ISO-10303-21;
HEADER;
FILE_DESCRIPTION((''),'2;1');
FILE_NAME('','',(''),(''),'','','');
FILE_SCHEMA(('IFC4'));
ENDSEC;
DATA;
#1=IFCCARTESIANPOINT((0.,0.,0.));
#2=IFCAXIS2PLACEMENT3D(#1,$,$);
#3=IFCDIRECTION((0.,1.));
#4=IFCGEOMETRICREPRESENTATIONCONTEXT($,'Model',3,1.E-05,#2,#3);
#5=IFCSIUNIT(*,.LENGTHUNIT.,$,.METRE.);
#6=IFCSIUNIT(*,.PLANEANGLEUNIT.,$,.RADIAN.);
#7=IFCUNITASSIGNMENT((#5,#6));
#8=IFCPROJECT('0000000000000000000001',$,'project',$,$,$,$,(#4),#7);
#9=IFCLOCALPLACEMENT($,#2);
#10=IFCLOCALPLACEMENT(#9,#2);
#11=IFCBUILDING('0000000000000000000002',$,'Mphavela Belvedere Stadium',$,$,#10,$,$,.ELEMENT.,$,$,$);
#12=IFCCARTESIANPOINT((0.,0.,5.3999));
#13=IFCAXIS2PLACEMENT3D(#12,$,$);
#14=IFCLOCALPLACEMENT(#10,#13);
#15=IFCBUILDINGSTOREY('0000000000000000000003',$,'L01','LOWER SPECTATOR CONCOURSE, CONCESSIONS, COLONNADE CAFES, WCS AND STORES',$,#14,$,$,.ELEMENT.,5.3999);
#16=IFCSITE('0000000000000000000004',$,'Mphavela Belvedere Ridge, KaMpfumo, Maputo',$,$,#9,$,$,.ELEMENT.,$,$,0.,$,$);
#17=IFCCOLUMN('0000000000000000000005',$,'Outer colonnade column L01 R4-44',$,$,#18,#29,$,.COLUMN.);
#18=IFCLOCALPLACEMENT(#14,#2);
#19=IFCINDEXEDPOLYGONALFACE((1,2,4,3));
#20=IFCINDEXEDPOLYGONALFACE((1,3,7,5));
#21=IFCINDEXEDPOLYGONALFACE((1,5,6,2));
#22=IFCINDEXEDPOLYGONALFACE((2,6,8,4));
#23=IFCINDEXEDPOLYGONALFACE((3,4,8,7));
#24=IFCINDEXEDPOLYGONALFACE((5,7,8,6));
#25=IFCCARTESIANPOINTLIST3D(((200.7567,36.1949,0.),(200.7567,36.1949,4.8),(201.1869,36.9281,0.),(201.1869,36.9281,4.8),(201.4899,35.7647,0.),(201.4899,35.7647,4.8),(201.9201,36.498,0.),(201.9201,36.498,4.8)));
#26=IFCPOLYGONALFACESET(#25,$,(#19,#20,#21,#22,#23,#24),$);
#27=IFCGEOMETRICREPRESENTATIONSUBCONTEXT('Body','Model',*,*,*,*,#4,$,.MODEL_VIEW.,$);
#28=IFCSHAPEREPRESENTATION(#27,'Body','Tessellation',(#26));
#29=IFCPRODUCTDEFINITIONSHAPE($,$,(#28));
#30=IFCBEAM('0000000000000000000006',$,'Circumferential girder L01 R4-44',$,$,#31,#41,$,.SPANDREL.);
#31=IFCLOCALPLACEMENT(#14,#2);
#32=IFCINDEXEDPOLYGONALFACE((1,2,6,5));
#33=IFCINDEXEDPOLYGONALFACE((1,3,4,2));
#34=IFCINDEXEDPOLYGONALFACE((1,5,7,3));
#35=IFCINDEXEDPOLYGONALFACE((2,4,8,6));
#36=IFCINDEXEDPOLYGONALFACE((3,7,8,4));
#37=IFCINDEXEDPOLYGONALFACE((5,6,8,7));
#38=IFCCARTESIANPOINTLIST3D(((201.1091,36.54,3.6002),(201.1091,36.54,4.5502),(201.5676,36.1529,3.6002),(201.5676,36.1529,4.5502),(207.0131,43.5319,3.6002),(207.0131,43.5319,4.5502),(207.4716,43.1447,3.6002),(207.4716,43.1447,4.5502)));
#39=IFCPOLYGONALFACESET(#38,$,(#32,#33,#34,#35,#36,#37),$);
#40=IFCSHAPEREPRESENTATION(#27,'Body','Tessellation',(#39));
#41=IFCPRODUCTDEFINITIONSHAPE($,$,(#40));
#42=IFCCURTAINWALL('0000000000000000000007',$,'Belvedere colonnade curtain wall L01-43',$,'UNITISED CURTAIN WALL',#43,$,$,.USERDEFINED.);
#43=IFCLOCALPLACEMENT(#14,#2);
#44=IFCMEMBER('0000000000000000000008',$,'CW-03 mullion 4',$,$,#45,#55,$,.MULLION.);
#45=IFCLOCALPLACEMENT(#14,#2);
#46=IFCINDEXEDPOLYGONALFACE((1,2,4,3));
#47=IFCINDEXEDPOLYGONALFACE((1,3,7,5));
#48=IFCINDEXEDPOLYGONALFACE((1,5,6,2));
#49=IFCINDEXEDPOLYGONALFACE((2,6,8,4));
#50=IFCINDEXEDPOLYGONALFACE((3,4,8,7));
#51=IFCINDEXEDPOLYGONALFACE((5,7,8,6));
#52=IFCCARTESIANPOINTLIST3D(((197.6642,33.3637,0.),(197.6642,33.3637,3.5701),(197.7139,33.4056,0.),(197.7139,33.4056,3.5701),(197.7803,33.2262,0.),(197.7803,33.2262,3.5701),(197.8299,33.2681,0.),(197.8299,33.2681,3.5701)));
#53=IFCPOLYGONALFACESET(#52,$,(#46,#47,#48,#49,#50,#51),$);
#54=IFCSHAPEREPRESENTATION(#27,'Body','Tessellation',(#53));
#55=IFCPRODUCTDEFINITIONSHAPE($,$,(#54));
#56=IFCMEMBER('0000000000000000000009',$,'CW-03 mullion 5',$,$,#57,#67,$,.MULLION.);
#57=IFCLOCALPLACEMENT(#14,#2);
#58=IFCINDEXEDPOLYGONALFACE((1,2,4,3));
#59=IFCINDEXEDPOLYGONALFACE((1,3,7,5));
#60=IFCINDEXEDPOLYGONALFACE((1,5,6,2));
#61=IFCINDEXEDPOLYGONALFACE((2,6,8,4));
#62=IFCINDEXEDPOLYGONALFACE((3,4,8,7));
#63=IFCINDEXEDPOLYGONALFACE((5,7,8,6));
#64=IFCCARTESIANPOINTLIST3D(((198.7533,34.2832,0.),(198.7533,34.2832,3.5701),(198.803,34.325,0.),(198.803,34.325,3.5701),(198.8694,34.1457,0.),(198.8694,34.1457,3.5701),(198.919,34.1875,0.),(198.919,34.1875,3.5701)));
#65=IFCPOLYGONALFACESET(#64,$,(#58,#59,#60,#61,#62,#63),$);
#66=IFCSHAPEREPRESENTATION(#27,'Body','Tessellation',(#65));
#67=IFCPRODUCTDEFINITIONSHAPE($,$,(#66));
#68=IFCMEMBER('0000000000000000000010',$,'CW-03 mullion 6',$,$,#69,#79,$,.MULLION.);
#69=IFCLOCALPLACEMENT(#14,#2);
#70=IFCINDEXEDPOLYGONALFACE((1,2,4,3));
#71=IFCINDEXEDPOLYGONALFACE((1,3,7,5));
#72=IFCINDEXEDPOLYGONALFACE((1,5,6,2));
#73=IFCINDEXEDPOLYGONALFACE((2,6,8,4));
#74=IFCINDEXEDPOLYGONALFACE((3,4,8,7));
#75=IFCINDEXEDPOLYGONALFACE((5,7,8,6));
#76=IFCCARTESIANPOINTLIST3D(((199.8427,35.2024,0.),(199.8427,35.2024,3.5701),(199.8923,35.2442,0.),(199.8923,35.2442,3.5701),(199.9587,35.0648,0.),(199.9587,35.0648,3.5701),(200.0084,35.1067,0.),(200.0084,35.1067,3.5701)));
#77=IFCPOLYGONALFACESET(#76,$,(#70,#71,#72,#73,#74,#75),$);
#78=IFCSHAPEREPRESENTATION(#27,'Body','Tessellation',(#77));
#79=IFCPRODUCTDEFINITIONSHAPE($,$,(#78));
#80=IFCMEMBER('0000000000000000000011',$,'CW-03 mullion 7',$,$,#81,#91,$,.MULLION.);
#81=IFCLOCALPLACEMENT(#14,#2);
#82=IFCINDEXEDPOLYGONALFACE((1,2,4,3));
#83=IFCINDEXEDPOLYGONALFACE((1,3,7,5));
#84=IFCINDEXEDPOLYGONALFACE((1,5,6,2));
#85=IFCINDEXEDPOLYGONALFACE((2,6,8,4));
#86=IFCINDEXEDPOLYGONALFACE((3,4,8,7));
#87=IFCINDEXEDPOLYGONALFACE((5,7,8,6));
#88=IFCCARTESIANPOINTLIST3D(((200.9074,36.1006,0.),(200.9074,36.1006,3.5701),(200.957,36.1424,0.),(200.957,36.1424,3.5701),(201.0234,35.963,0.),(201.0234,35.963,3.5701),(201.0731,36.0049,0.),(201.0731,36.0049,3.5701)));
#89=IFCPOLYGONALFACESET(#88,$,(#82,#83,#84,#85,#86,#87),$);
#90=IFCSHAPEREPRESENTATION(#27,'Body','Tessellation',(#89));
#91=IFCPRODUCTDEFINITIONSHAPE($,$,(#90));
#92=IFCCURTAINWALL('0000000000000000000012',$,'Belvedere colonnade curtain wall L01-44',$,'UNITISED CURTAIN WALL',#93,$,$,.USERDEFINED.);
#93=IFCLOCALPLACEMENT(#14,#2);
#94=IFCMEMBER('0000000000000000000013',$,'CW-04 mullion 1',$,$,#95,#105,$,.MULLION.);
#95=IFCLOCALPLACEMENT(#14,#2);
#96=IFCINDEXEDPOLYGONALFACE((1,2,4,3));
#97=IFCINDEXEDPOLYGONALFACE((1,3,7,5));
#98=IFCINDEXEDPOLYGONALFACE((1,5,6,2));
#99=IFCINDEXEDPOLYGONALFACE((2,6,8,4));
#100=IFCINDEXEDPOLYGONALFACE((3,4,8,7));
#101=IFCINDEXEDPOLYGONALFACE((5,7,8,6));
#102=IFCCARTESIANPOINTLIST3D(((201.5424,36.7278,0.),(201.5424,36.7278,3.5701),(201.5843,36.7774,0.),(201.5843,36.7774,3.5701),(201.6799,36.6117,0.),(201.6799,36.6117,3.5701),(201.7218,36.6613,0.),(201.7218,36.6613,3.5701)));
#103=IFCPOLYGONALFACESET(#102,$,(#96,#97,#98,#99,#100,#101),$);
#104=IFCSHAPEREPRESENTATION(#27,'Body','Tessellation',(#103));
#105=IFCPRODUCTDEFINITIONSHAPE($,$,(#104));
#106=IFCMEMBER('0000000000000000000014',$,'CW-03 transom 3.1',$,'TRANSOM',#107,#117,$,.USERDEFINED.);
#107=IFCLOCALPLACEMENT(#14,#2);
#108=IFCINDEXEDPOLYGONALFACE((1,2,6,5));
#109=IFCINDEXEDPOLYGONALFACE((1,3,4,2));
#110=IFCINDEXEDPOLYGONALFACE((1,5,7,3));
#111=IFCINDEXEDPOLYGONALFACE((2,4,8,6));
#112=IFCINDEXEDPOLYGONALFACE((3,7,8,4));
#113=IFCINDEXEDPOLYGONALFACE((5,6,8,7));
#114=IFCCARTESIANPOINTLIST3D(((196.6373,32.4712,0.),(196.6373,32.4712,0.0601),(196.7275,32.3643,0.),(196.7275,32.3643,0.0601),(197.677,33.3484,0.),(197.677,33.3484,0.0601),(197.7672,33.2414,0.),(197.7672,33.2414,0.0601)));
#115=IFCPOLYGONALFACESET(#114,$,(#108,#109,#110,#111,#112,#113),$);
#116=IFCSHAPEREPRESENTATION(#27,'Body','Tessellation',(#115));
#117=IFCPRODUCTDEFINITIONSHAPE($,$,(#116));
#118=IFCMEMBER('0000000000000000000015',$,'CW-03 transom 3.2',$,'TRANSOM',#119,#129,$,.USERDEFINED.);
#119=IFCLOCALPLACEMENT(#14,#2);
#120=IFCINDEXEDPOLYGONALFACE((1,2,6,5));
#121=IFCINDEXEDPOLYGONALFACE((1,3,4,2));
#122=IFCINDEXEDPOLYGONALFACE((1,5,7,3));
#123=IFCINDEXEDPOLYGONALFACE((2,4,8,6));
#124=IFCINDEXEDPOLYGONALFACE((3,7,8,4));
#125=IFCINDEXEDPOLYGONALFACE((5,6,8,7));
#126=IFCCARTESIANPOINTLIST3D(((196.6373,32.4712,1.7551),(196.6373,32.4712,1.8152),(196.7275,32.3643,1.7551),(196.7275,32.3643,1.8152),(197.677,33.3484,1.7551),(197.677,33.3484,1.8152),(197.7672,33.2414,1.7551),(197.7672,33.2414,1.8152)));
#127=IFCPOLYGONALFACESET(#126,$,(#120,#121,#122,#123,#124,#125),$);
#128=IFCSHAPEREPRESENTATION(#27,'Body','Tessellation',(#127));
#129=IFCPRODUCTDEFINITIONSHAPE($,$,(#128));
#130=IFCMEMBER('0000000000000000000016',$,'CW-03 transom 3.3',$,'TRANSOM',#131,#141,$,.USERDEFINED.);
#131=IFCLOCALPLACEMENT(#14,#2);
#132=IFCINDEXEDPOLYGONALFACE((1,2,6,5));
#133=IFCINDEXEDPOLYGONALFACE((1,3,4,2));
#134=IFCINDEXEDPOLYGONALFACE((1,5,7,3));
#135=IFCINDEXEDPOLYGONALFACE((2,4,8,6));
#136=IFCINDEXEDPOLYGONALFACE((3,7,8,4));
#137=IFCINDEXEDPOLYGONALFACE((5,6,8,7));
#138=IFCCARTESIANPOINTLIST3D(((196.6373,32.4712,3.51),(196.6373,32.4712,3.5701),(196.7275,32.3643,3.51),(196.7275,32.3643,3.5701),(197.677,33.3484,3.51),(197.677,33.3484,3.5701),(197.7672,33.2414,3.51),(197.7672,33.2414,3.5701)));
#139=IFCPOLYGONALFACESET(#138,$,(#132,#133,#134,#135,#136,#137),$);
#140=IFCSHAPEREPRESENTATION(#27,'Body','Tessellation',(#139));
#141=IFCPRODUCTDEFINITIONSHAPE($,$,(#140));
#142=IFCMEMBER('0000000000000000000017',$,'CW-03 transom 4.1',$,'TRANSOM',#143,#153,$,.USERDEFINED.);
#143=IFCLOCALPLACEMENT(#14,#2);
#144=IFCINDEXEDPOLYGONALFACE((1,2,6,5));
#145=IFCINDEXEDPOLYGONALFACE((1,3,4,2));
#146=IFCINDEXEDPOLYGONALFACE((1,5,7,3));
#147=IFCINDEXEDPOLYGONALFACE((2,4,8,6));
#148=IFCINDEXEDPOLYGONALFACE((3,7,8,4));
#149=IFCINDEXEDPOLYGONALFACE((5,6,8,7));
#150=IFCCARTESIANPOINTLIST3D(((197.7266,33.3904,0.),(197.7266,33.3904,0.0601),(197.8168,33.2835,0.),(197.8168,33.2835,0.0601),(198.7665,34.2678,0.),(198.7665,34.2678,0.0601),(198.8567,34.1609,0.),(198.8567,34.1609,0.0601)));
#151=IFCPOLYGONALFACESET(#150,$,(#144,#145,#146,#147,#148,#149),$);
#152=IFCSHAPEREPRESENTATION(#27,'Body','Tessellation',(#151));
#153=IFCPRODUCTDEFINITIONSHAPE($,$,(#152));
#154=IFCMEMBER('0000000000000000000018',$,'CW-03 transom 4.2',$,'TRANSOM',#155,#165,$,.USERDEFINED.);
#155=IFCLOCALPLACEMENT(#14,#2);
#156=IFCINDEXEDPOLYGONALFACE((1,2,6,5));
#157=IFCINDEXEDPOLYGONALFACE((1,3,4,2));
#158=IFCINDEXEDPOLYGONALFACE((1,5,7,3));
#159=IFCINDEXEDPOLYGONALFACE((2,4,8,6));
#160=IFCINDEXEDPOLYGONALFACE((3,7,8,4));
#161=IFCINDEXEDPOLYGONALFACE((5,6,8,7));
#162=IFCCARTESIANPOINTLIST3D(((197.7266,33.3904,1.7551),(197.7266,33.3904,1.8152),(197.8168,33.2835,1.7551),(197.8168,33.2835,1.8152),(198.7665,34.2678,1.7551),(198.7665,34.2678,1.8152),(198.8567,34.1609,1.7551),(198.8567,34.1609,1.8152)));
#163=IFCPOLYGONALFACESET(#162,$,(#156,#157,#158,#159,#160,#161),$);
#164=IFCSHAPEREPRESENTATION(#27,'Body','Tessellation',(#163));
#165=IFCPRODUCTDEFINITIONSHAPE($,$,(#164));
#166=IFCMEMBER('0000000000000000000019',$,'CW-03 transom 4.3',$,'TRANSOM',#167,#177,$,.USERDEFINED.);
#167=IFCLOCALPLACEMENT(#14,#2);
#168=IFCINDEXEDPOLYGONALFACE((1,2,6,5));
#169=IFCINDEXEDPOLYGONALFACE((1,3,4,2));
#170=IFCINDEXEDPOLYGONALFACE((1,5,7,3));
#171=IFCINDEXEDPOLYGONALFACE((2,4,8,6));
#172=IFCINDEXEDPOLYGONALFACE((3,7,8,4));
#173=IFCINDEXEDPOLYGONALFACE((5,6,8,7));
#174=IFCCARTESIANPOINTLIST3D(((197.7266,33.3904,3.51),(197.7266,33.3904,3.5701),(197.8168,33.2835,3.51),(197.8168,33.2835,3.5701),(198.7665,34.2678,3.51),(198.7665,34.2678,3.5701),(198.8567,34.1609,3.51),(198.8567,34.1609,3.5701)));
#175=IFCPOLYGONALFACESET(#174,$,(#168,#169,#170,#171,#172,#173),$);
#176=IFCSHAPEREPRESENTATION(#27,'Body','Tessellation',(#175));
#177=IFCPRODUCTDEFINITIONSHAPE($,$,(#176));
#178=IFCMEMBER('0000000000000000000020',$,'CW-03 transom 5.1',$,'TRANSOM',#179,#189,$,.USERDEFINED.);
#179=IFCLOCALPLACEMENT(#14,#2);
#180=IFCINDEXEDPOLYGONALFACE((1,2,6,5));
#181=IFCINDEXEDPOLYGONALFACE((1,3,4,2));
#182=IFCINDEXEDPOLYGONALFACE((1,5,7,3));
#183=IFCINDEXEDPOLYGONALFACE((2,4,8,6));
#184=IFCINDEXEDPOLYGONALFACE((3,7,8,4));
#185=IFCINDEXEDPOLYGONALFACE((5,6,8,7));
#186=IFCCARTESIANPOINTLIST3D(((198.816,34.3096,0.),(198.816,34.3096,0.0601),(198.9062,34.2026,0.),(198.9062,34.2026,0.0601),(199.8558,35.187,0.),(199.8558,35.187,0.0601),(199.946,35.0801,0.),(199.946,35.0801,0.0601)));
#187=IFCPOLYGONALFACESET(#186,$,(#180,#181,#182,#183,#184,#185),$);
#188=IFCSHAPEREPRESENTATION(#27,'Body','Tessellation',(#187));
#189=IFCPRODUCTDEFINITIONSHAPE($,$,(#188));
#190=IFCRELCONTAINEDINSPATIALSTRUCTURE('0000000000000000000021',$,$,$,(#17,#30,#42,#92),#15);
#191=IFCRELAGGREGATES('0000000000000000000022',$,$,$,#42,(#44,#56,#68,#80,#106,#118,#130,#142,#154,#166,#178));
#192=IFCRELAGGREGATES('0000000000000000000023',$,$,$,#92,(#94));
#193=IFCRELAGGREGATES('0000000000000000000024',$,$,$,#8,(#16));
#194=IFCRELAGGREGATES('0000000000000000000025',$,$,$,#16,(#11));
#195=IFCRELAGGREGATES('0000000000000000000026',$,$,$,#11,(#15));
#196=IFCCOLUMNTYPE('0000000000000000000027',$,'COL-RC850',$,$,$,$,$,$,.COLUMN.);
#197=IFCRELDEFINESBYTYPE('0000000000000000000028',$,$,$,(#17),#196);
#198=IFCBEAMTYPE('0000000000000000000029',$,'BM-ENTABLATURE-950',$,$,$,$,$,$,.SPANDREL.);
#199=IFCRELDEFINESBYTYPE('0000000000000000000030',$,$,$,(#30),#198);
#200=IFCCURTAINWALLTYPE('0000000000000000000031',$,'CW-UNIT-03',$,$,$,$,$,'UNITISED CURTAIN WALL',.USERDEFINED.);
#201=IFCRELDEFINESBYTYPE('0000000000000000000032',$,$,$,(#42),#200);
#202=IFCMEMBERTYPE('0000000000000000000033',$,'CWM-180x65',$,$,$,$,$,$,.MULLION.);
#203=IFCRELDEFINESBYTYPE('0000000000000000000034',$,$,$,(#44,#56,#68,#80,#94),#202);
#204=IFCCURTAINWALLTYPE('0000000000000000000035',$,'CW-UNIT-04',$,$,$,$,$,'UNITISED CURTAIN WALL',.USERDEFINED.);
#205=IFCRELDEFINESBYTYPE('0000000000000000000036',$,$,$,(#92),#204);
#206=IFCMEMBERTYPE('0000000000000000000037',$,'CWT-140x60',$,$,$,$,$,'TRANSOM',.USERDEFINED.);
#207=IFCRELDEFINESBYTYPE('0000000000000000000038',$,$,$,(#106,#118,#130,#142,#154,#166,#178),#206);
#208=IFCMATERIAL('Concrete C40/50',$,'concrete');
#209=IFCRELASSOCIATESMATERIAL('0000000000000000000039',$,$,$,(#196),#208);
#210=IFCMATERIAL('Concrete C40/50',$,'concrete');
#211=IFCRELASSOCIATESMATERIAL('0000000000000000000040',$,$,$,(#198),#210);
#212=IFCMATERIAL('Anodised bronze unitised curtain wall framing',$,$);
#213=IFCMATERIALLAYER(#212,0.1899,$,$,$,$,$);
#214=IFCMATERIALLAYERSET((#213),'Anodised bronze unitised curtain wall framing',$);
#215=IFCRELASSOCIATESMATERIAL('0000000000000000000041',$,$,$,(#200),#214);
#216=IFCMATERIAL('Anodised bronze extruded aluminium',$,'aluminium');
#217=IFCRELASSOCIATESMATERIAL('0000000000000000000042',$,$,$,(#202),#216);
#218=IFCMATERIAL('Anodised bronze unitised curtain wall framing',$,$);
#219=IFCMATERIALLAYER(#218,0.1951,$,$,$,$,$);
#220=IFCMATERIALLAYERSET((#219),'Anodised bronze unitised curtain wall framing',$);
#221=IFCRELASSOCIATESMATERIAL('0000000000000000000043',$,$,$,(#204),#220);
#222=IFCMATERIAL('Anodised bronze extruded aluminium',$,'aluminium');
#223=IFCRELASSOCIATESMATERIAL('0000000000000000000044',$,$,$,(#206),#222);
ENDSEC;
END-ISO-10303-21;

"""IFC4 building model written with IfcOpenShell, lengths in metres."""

from ifc_helpers import new_model, si_unit, direction, frame, origin, origin_2d, place, context, subcontext, project, spatial, rectangle, extrude, material, layer, layer_set, material_profile, profile_set, type_object, element, aggregate, save


model = new_model("IFC4")

# Units and contexts
model_context = context("Model", 3, precision=1e-05, world=origin(), true_north=direction((0.0, 1.0)))
body_context = subcontext(model_context, "Body", "Model", "MODEL_VIEW")
ifc_project = project(units=[si_unit("LENGTHUNIT", "METRE"), si_unit("PLANEANGLEUNIT", "RADIAN")], contexts=[model_context])

# Site, building, storey
site_placement = place(None, origin())
site = spatial("IfcSite", under=ifc_project, at=site_placement, Name="Mphavela Belvedere Ridge, KaMpfumo, Maputo", CompositionType="ELEMENT", RefElevation=0.0)
building_placement = place(site_placement, origin())
building = spatial("IfcBuilding", under=site, at=building_placement, Name="Mphavela Belvedere Stadium", CompositionType="ELEMENT")
storey_placement = place(building_placement, frame((0.0, 0.0, 5.3999)))
storey = spatial("IfcBuildingStorey", under=building, at=storey_placement, Name="L01", Description="LOWER SPECTATOR CONCOURSE, CONCESSIONS, COLONNADE CAFES, WCS AND STORES", CompositionType="ELEMENT", Elevation=5.3999)

# Column
ifc_material_1 = material(Name="Concrete C40/50", Category="concrete")
ifc_material_profile_1 = material_profile(ifc_material_1, rectangle(XDim=0.8501, YDim=0.8501, at=origin_2d()), Name="RC 850x850")
ifc_profile_set_1 = profile_set([ifc_material_profile_1], Name="Concrete C40/50")
column_type = type_object("IfcColumnType", Name="COL-RC850", PredefinedType="COLUMN", material=ifc_profile_set_1)
column_placement = place(storey_placement, frame((201.3384, 36.3464, 0.0), z_axis=(0.0, 0.0, 1.0), x_axis=(0.862514, -0.506034, 0.0)))
element("IfcColumn", 1, at=column_placement, inside=storey, type_object=column_type, Name="Outer colonnade column L01 R4-44", PredefinedType="COLUMN", context=body_context, shape_type="SweptSolid", body=[
    extrude(rectangle(XDim=0.8501, YDim=0.8501, at=origin_2d()), origin(), (0.0, 0.0, 1.0), 4.8),
])

# Beam
ifc_material_2 = material(Name="Concrete C40/50", Category="concrete")
ifc_material_profile_2 = material_profile(ifc_material_2, rectangle(XDim=0.6001, YDim=0.95, at=origin_2d()), Name="RC 600x950")
ifc_profile_set_2 = profile_set([ifc_material_profile_2], Name="Concrete C40/50")
beam_type = type_object("IfcBeamType", Name="BM-ENTABLATURE-950", PredefinedType="SPANDREL", material=ifc_profile_set_2)
beam_placement = place(storey_placement, frame((201.3384, 36.3464, 4.0752), z_axis=(0.645165, 0.764044, 0.0), x_axis=(-0.764044, 0.645165, 0.0)))
element("IfcBeam", 2, at=beam_placement, inside=storey, type_object=beam_type, Name="Circumferential girder L01 R4-44", PredefinedType="SPANDREL", context=body_context, shape_type="SweptSolid", body=[
    extrude(rectangle(XDim=0.6001, YDim=0.95, at=origin_2d()), origin(), (0.0, 0.0, 1.0), 9.1511),
])

# Curtain wall, members
ifc_material_3 = material(Name="Anodised bronze unitised curtain wall framing")
ifc_layer_1 = layer(ifc_material_3, 0.1899)
ifc_layer_set_1 = layer_set([ifc_layer_1], Name="Anodised bronze unitised curtain wall framing")
curtain_wall_type_1 = type_object("IfcCurtainWallType", Name="CW-UNIT-03", ElementType="UNITISED CURTAIN WALL", PredefinedType="USERDEFINED", material=ifc_layer_set_1)
curtain_wall_1_placement = place(storey_placement, origin())
curtain_wall_1 = element("IfcCurtainWall", 3, at=curtain_wall_1_placement, inside=storey, type_object=curtain_wall_type_1, Name="Belvedere colonnade curtain wall L01-43", ObjectType="UNITISED CURTAIN WALL", PredefinedType="USERDEFINED")
ifc_material_4 = material(Name="Anodised bronze extruded aluminium", Category="aluminium")
ifc_material_profile_3 = material_profile(ifc_material_4, rectangle(XDim=0.1799, YDim=0.0649, at=origin_2d()), Name="CW-MUL 180x65")
ifc_profile_set_3 = profile_set([ifc_material_profile_3], Name="Anodised bronze extruded aluminium")
member_type_1 = type_object("IfcMemberType", Name="CWM-180x65", PredefinedType="MULLION", material=ifc_profile_set_3)
member_1_placement = place(storey_placement, frame((197.7471, 33.3159, 0.0), z_axis=(0.0, 0.0, 1.0), x_axis=(-0.64491, 0.764259, 0.0)))
member_1 = element("IfcMember", 4, at=member_1_placement, type_object=member_type_1, Name="CW-03 mullion 4", PredefinedType="MULLION", context=body_context, shape_type="SweptSolid", body=[
    extrude(rectangle(XDim=0.1799, YDim=0.0649, at=origin_2d()), origin(), (0.0, 0.0, 1.0), 3.5701),
])
member_2_placement = place(storey_placement, frame((198.8362, 34.2354, 0.0), z_axis=(0.0, 0.0, 1.0), x_axis=(-0.64491, 0.764259, 0.0)))
member_2 = element("IfcMember", 5, at=member_2_placement, type_object=member_type_1, Name="CW-03 mullion 5", PredefinedType="MULLION", context=body_context, shape_type="SweptSolid", body=[
    extrude(rectangle(XDim=0.1799, YDim=0.0649, at=origin_2d()), origin(), (0.0, 0.0, 1.0), 3.5701),
])
member_3_placement = place(storey_placement, frame((199.9255, 35.1545, 0.0), z_axis=(0.0, 0.0, 1.0), x_axis=(-0.64491, 0.764259, 0.0)))
member_3 = element("IfcMember", 6, at=member_3_placement, type_object=member_type_1, Name="CW-03 mullion 6", PredefinedType="MULLION", context=body_context, shape_type="SweptSolid", body=[
    extrude(rectangle(XDim=0.1799, YDim=0.0649, at=origin_2d()), origin(), (0.0, 0.0, 1.0), 3.5701),
])
member_4_placement = place(storey_placement, frame((200.9902, 36.0527, 0.0), z_axis=(0.0, 0.0, 1.0), x_axis=(-0.64491, 0.764259, 0.0)))
member_4 = element("IfcMember", 7, at=member_4_placement, type_object=member_type_1, Name="CW-03 mullion 7", PredefinedType="MULLION", context=body_context, shape_type="SweptSolid", body=[
    extrude(rectangle(XDim=0.1799, YDim=0.0649, at=origin_2d()), origin(), (0.0, 0.0, 1.0), 3.5701),
])

# Curtain wall, member
ifc_material_5 = material(Name="Anodised bronze unitised curtain wall framing")
ifc_layer_2 = layer(ifc_material_5, 0.1951)
ifc_layer_set_2 = layer_set([ifc_layer_2], Name="Anodised bronze unitised curtain wall framing")
curtain_wall_type_2 = type_object("IfcCurtainWallType", Name="CW-UNIT-04", ElementType="UNITISED CURTAIN WALL", PredefinedType="USERDEFINED", material=ifc_layer_set_2)
curtain_wall_2_placement = place(storey_placement, origin())
curtain_wall_2 = element("IfcCurtainWall", 8, at=curtain_wall_2_placement, inside=storey, type_object=curtain_wall_type_2, Name="Belvedere colonnade curtain wall L01-44", ObjectType="UNITISED CURTAIN WALL", PredefinedType="USERDEFINED")
member_5_placement = place(storey_placement, frame((201.6321, 36.6946, 0.0), z_axis=(0.0, 0.0, 1.0), x_axis=(-0.764036, 0.645173, 0.0)))
member_5 = element("IfcMember", 9, at=member_5_placement, type_object=member_type_1, Name="CW-04 mullion 1", PredefinedType="MULLION", context=body_context, shape_type="SweptSolid", body=[
    extrude(rectangle(XDim=0.1799, YDim=0.0649, at=origin_2d()), origin(), (0.0, 0.0, 1.0), 3.5701),
])

# Members
ifc_material_6 = material(Name="Anodised bronze extruded aluminium", Category="aluminium")
ifc_material_profile_4 = material_profile(ifc_material_6, rectangle(XDim=0.1399, YDim=0.0601, at=origin_2d()), Name="CW-TRN 140x60")
ifc_profile_set_4 = profile_set([ifc_material_profile_4], Name="Anodised bronze extruded aluminium")
member_type_2 = type_object("IfcMemberType", Name="CWT-140x60", ElementType="TRANSOM", PredefinedType="USERDEFINED", material=ifc_profile_set_4)
member_6_placement = place(storey_placement, frame((196.6824, 32.4177, 0.03), z_axis=(0.764338, 0.644815, 0.0), x_axis=(-0.644815, 0.764338, 0.0)))
member_6 = element("IfcMember", 10, at=member_6_placement, type_object=member_type_2, Name="CW-03 transom 3.1", ObjectType="TRANSOM", PredefinedType="USERDEFINED", context=body_context, shape_type="SweptSolid", body=[
    extrude(rectangle(XDim=0.1399, YDim=0.0601, at=origin_2d()), origin(), (0.0, 0.0, 1.0), 1.3604),
])
member_7_placement = place(storey_placement, frame((196.6824, 32.4177, 1.7852), z_axis=(0.764338, 0.644815, 0.0), x_axis=(-0.644815, 0.764338, 0.0)))
member_7 = element("IfcMember", 11, at=member_7_placement, type_object=member_type_2, Name="CW-03 transom 3.2", ObjectType="TRANSOM", PredefinedType="USERDEFINED", context=body_context, shape_type="SweptSolid", body=[
    extrude(rectangle(XDim=0.1399, YDim=0.0601, at=origin_2d()), origin(), (0.0, 0.0, 1.0), 1.3604),
])
member_8_placement = place(storey_placement, frame((196.6824, 32.4177, 3.54), z_axis=(0.764338, 0.644815, 0.0), x_axis=(-0.644815, 0.764338, 0.0)))
member_8 = element("IfcMember", 12, at=member_8_placement, type_object=member_type_2, Name="CW-03 transom 3.3", ObjectType="TRANSOM", PredefinedType="USERDEFINED", context=body_context, shape_type="SweptSolid", body=[
    extrude(rectangle(XDim=0.1399, YDim=0.0601, at=origin_2d()), origin(), (0.0, 0.0, 1.0), 1.3604),
])
member_9_placement = place(storey_placement, frame((197.7717, 33.3369, 0.03), z_axis=(0.76425, 0.64492, 0.0), x_axis=(-0.64492, 0.76425, 0.0)))
member_9 = element("IfcMember", 13, at=member_9_placement, type_object=member_type_2, Name="CW-03 transom 4.1", ObjectType="TRANSOM", PredefinedType="USERDEFINED", context=body_context, shape_type="SweptSolid", body=[
    extrude(rectangle(XDim=0.1399, YDim=0.0601, at=origin_2d()), origin(), (0.0, 0.0, 1.0), 1.3606),
])
member_10_placement = place(storey_placement, frame((197.7717, 33.3369, 1.7852), z_axis=(0.76425, 0.64492, 0.0), x_axis=(-0.64492, 0.76425, 0.0)))
member_10 = element("IfcMember", 14, at=member_10_placement, type_object=member_type_2, Name="CW-03 transom 4.2", ObjectType="TRANSOM", PredefinedType="USERDEFINED", context=body_context, shape_type="SweptSolid", body=[
    extrude(rectangle(XDim=0.1399, YDim=0.0601, at=origin_2d()), origin(), (0.0, 0.0, 1.0), 1.3606),
])
member_11_placement = place(storey_placement, frame((197.7717, 33.3369, 3.54), z_axis=(0.76425, 0.64492, 0.0), x_axis=(-0.64492, 0.76425, 0.0)))
member_11 = element("IfcMember", 15, at=member_11_placement, type_object=member_type_2, Name="CW-03 transom 4.3", ObjectType="TRANSOM", PredefinedType="USERDEFINED", context=body_context, shape_type="SweptSolid", body=[
    extrude(rectangle(XDim=0.1399, YDim=0.0601, at=origin_2d()), origin(), (0.0, 0.0, 1.0), 1.3606),
])
member_12_placement = place(storey_placement, frame((198.8611, 34.2561, 0.03), z_axis=(0.76425, 0.64492, 0.0), x_axis=(-0.64492, 0.76425, 0.0)))
member_12 = element("IfcMember", 16, at=member_12_placement, type_object=member_type_2, Name="CW-03 transom 5.1", ObjectType="TRANSOM", PredefinedType="USERDEFINED", context=body_context, shape_type="SweptSolid", body=[
    extrude(rectangle(XDim=0.1399, YDim=0.0601, at=origin_2d()), origin(), (0.0, 0.0, 1.0), 1.3606),
])

aggregate(curtain_wall_1, [member_1, member_2, member_3, member_4, member_6, member_7, member_8, member_9, member_10, member_11, member_12])
aggregate(curtain_wall_2, [member_5])

save(model, "model.ifc")
